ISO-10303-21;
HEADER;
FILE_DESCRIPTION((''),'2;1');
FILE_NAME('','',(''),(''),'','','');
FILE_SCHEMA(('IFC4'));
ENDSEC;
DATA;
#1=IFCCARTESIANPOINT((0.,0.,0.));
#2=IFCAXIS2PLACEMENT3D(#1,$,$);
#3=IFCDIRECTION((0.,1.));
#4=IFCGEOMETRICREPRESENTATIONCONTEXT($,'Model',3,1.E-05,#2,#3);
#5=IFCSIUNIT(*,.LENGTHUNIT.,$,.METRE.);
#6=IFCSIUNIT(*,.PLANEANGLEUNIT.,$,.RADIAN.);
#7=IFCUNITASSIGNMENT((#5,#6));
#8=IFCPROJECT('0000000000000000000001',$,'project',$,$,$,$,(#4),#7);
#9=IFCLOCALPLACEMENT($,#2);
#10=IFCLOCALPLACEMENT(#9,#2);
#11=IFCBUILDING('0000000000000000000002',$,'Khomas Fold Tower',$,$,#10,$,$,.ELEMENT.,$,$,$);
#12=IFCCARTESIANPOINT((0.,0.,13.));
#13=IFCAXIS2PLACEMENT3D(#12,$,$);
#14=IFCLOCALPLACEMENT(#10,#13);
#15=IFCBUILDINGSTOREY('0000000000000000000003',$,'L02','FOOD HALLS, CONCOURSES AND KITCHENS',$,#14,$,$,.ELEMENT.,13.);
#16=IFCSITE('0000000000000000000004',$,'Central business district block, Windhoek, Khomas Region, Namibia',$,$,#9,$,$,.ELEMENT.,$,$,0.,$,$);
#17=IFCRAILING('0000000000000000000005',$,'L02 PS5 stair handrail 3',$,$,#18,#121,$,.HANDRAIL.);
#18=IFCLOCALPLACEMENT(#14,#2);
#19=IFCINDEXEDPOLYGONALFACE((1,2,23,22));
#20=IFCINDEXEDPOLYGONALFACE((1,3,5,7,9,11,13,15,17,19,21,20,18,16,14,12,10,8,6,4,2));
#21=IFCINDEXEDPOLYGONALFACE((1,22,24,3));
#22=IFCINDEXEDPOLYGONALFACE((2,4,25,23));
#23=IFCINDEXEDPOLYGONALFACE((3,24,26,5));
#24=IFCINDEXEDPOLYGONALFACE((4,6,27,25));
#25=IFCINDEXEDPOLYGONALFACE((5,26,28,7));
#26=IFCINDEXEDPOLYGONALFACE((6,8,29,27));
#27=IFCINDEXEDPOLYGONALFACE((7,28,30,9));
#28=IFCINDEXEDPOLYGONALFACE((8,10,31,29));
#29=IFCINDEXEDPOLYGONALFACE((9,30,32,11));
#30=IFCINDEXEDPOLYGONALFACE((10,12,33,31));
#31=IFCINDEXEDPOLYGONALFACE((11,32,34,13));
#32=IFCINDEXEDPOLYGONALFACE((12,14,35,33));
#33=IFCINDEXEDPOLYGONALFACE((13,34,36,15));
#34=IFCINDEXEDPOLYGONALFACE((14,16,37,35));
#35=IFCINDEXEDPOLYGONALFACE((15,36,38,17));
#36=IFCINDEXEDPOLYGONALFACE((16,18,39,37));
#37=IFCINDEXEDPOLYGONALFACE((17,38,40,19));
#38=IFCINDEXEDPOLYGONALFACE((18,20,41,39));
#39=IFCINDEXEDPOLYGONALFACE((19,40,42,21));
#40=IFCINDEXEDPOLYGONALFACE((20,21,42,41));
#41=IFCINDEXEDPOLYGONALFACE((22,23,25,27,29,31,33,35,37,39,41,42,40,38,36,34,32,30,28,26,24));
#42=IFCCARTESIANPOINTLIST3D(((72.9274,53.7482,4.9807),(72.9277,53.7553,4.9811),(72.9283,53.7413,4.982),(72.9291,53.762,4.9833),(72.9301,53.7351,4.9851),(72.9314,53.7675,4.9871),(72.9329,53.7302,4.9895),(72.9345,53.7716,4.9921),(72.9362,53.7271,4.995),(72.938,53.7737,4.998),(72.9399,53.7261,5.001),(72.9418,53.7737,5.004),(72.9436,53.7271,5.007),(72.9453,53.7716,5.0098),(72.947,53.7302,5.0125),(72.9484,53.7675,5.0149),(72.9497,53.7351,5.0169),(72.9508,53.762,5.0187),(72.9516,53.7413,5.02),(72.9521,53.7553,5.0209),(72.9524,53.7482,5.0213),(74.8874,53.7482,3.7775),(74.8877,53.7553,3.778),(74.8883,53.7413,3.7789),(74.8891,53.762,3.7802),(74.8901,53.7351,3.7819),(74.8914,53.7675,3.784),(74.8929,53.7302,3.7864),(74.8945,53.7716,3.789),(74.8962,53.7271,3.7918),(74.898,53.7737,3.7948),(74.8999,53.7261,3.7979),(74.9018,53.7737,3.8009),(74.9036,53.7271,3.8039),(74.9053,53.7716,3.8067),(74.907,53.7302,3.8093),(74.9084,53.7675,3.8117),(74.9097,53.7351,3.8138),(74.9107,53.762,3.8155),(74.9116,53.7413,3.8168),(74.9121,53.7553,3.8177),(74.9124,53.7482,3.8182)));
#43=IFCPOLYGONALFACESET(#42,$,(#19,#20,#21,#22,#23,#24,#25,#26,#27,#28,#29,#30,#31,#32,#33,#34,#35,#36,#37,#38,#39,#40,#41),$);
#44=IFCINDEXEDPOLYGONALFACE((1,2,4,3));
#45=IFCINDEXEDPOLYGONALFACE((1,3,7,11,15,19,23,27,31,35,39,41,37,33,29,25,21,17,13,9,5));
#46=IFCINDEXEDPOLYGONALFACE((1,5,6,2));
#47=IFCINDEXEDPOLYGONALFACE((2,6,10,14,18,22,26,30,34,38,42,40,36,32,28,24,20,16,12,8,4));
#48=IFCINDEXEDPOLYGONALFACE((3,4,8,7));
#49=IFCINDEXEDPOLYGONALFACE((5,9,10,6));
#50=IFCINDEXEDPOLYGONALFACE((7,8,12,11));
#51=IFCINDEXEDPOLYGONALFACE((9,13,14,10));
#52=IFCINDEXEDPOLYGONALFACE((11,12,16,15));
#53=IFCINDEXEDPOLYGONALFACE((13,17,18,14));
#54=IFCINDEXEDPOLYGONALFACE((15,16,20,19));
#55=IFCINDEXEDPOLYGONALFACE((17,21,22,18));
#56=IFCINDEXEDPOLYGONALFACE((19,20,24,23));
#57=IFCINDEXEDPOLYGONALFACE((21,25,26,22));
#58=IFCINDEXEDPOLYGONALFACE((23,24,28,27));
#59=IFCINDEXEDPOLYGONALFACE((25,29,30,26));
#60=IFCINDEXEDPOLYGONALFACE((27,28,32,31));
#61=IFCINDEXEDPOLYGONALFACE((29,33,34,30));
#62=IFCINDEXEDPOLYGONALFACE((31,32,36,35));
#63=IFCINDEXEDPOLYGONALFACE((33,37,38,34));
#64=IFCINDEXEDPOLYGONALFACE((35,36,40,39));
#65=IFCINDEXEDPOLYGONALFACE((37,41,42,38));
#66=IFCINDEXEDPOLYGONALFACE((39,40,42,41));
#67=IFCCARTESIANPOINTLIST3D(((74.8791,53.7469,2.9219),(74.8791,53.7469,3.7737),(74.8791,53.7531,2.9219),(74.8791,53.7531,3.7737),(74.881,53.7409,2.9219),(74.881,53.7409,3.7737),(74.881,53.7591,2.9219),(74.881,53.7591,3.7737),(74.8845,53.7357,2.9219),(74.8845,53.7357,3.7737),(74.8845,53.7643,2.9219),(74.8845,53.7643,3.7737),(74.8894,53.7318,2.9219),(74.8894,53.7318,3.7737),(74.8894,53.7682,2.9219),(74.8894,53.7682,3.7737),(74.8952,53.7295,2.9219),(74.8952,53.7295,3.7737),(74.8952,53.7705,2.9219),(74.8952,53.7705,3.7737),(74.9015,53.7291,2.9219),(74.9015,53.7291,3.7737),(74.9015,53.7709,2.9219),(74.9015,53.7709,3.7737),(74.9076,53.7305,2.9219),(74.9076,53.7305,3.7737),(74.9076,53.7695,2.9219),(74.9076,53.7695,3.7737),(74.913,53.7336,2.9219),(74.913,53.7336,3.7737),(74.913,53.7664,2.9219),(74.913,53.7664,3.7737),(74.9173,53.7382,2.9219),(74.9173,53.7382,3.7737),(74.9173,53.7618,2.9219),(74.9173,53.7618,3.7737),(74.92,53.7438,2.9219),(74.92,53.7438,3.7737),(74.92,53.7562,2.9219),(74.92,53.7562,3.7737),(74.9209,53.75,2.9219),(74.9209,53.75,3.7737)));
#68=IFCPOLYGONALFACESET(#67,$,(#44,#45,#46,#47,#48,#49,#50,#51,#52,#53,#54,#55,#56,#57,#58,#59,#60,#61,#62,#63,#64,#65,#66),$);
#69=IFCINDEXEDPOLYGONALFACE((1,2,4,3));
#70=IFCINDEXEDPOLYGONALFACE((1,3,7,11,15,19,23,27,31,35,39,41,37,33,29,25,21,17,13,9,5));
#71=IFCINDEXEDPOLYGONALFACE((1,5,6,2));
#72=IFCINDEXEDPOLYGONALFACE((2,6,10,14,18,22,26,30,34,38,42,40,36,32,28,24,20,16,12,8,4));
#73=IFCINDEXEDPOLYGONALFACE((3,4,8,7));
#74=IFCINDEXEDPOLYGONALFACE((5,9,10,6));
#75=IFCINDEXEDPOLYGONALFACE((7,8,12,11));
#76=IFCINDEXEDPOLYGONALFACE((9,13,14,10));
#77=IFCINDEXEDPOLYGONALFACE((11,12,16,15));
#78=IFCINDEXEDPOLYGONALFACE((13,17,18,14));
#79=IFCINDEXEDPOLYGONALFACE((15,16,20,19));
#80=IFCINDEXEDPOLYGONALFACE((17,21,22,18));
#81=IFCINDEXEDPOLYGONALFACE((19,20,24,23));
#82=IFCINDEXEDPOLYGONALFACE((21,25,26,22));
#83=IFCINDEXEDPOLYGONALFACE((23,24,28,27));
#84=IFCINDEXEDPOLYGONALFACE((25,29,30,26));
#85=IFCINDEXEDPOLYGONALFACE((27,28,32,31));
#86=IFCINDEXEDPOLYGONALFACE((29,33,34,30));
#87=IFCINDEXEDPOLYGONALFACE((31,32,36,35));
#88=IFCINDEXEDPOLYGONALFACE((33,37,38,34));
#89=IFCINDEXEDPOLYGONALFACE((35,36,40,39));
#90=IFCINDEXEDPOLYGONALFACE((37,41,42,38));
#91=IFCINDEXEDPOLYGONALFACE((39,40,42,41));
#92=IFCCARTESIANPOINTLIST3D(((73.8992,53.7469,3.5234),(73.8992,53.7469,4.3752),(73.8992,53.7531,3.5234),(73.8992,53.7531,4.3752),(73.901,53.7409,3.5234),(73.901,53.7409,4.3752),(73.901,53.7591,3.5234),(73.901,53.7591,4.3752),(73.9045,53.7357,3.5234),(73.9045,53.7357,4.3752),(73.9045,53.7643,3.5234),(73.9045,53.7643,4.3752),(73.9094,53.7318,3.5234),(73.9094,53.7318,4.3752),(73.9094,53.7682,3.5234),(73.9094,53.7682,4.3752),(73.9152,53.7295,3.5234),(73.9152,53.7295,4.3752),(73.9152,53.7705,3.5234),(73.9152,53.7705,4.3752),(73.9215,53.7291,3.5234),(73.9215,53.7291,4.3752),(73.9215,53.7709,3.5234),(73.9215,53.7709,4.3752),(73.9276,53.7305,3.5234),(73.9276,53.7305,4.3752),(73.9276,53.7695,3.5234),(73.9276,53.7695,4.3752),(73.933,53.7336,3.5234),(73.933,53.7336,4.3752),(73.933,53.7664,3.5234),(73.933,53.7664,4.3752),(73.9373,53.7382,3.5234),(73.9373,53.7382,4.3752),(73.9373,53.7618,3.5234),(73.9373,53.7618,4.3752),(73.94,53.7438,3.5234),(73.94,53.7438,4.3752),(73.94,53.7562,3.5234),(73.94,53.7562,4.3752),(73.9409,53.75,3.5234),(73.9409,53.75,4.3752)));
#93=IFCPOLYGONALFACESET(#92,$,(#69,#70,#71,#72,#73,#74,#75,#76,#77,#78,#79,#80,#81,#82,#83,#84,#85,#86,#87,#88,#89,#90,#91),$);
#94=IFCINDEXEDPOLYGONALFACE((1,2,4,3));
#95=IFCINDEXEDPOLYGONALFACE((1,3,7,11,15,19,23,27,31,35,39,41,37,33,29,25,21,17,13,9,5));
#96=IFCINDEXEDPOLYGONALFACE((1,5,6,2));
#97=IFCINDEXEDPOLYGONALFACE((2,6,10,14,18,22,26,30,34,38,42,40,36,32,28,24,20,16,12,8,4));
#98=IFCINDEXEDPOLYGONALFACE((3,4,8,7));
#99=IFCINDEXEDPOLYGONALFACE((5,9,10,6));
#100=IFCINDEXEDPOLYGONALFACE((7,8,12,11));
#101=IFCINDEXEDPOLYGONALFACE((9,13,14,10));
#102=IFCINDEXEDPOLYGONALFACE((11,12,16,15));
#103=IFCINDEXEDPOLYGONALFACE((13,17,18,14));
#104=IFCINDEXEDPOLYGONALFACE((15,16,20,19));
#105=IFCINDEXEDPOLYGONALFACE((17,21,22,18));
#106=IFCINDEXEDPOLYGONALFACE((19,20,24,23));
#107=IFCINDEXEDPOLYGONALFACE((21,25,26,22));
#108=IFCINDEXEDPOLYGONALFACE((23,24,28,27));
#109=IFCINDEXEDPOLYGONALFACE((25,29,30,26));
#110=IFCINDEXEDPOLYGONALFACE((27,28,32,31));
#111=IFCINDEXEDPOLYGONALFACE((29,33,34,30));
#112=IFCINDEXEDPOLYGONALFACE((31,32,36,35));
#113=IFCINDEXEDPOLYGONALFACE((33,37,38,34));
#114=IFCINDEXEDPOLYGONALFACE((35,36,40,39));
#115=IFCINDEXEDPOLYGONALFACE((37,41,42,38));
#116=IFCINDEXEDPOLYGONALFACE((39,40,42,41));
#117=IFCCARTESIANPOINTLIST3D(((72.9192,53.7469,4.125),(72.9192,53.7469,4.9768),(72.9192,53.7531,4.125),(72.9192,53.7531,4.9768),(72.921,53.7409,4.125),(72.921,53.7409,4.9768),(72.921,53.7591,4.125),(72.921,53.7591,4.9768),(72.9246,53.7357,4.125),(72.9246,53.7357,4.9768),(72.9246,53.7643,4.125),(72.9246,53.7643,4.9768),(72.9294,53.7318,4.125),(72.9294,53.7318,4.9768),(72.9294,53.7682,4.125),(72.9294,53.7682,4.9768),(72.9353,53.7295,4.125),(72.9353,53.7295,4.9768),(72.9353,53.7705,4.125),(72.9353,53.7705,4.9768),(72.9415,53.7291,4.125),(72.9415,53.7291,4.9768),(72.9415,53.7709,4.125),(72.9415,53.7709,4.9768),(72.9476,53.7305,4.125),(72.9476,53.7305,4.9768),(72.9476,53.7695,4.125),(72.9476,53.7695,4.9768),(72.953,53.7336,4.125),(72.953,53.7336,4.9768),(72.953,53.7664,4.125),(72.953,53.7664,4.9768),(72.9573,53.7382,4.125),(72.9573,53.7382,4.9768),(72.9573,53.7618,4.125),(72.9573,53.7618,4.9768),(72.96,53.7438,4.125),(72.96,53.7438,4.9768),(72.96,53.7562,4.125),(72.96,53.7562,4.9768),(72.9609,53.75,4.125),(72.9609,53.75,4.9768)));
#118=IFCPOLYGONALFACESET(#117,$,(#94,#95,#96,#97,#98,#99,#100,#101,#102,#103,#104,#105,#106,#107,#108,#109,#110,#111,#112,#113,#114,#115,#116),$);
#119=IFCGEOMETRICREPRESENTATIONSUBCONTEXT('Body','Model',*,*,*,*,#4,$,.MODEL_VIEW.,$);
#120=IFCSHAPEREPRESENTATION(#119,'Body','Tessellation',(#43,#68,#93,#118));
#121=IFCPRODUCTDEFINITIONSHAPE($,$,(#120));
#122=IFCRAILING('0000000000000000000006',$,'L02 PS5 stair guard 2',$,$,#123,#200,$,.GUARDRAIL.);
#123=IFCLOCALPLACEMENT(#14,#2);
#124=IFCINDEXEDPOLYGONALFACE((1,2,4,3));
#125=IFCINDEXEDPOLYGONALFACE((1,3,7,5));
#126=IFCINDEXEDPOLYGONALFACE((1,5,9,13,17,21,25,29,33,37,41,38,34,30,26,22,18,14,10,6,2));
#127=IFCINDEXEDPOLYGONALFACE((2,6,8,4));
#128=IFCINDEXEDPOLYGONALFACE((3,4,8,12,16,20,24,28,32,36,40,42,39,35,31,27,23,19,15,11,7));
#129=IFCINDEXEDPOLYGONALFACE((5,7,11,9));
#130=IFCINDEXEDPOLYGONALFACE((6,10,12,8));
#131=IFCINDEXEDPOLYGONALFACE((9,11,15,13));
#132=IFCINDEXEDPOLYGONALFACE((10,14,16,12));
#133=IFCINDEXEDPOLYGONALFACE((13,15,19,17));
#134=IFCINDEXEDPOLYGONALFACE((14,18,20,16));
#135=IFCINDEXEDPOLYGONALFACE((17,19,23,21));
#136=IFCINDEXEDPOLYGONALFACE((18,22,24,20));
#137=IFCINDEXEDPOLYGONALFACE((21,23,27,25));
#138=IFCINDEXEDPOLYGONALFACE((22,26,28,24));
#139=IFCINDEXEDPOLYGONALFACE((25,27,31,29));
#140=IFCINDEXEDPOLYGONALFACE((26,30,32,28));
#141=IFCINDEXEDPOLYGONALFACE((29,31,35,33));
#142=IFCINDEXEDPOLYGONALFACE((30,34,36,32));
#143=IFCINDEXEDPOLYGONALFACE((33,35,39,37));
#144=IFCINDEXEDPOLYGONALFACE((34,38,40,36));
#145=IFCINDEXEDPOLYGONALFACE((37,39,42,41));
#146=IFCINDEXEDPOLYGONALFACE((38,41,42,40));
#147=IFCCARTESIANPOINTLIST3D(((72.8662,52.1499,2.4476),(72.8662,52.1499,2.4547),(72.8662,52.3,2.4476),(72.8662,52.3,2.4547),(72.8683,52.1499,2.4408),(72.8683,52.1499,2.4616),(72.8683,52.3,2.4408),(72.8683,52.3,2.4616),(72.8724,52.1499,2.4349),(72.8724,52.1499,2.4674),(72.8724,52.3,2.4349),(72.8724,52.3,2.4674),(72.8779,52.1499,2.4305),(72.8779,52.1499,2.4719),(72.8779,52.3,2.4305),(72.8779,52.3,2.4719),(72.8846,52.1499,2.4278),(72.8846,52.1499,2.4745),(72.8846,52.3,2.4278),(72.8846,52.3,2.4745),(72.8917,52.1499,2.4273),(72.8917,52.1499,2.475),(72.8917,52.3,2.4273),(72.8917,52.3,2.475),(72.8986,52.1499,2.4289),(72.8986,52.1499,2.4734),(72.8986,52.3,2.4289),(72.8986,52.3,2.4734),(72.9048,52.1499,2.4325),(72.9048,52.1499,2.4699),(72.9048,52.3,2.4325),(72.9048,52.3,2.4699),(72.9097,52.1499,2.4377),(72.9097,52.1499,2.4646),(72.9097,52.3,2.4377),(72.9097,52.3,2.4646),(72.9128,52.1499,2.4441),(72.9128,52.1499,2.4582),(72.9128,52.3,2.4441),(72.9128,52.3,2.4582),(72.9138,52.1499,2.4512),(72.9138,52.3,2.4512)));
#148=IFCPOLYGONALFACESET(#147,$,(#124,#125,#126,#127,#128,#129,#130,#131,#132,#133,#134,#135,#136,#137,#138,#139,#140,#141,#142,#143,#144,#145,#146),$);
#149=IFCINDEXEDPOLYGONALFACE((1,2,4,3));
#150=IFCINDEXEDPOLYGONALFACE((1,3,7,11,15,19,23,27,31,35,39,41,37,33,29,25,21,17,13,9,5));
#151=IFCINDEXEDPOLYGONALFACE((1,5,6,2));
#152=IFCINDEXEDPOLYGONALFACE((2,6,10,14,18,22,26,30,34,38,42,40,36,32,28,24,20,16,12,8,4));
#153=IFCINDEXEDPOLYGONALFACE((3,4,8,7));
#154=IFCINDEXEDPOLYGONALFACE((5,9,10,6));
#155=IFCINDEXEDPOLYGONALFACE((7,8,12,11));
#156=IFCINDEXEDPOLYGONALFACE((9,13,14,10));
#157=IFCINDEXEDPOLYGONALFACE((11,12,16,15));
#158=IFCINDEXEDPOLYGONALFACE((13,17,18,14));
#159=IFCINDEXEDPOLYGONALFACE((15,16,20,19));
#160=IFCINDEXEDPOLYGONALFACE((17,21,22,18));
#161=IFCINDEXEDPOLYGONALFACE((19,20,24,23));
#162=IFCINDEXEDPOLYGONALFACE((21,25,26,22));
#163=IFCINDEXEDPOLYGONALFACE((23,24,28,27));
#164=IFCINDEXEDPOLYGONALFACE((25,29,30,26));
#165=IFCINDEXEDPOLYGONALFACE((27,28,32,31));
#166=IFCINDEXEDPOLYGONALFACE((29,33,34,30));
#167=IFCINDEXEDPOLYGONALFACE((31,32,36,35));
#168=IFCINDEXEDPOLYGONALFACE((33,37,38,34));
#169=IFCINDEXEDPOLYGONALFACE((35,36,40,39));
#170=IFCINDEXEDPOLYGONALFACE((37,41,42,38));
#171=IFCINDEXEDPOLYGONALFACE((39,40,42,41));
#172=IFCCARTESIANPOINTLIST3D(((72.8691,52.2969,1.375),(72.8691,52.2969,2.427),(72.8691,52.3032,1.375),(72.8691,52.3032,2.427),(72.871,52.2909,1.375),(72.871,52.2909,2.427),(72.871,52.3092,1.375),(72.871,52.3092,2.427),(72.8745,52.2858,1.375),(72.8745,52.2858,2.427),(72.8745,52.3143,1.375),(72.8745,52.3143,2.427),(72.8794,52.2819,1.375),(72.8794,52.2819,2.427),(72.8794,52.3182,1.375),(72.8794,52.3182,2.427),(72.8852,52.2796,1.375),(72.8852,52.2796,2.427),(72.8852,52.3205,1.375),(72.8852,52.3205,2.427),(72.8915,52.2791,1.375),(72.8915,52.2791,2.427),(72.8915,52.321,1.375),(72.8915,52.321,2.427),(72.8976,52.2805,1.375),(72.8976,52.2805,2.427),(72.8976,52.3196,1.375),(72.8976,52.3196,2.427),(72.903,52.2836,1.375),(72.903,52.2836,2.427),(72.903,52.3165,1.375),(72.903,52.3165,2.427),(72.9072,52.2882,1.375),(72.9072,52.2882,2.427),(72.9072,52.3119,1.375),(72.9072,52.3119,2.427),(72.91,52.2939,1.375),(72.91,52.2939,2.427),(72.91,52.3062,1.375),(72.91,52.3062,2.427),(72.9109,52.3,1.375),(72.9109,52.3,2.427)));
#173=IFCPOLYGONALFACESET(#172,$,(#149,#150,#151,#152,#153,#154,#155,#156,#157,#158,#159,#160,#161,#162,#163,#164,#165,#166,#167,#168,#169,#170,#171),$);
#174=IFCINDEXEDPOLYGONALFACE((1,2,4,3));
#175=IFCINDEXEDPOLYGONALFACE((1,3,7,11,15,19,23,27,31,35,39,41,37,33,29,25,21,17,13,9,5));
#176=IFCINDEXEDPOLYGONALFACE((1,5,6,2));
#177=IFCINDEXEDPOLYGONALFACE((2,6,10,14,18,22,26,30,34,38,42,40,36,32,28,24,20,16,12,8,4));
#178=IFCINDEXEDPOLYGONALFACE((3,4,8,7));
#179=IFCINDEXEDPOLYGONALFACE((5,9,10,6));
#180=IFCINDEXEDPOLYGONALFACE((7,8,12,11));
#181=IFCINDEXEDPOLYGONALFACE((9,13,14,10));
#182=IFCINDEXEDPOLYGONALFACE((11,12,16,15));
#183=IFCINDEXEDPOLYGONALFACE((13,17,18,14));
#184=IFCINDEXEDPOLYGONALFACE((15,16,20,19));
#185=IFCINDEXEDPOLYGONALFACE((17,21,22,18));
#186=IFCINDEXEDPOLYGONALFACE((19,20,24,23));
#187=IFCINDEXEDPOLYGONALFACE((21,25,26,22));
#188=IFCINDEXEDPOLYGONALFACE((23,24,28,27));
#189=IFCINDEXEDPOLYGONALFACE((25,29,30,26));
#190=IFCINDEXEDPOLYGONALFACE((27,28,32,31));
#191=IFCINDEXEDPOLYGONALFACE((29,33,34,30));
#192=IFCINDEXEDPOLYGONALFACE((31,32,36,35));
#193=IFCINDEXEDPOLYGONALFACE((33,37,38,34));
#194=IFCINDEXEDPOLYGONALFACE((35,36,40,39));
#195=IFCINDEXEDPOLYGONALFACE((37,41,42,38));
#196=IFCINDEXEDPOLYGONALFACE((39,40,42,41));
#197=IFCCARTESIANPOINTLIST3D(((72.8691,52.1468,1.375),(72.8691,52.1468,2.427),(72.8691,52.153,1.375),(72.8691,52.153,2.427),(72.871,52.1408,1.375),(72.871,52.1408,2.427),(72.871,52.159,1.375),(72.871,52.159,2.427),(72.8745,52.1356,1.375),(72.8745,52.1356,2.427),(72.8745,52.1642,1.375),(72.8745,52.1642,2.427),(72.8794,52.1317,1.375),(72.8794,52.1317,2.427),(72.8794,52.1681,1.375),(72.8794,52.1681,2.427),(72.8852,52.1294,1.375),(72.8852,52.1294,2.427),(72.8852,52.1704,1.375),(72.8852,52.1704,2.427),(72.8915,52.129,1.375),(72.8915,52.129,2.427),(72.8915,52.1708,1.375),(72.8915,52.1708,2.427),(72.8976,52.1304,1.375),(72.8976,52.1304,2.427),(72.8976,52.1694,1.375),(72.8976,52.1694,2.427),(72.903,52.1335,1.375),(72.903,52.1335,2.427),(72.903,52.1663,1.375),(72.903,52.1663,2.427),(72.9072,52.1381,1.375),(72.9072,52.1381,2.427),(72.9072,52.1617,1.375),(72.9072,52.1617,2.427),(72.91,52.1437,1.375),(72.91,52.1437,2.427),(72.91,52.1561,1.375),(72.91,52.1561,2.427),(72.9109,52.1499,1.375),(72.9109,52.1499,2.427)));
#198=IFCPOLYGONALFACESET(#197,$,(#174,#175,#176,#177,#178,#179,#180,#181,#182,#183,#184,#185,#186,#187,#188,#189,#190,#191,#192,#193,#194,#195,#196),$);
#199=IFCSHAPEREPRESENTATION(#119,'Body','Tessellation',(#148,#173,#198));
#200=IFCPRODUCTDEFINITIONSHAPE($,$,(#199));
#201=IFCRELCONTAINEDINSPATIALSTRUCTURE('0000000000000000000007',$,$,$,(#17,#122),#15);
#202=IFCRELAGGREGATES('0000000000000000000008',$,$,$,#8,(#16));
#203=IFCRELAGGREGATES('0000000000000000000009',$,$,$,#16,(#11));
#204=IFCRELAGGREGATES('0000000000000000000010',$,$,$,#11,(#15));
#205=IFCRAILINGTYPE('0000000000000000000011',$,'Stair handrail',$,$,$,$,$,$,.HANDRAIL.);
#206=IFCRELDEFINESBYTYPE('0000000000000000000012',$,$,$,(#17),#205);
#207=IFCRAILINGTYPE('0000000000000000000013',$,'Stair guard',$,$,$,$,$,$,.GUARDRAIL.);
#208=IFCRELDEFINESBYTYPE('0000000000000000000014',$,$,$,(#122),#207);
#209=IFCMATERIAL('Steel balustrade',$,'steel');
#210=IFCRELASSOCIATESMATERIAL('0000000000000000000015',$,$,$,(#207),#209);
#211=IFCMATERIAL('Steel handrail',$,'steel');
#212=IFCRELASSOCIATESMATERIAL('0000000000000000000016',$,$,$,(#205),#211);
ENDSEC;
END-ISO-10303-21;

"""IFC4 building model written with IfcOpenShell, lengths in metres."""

from ifc_helpers import new_model, si_unit, direction, frame, origin, origin_2d, place, context, subcontext, project, spatial, circle, extrude, source, transform, mapped, material, type_object, element, save


model = new_model("IFC4")

# Units and contexts
model_context = context("Model", 3, precision=1e-05, world=origin(), true_north=direction((0.0, 1.0)))
body_context = subcontext(model_context, "Body", "Model", "MODEL_VIEW")
ifc_project = project(units=[si_unit("LENGTHUNIT", "METRE"), si_unit("PLANEANGLEUNIT", "RADIAN")], contexts=[model_context])

# Site, building, storey
site_placement = place(None, origin())
site = spatial("IfcSite", under=ifc_project, at=site_placement, Name="Central business district block, Windhoek, Khomas Region, Namibia", CompositionType="ELEMENT", RefElevation=0.0)
building_placement = place(site_placement, origin())
building = spatial("IfcBuilding", under=site, at=building_placement, Name="Khomas Fold Tower", CompositionType="ELEMENT")
storey_placement = place(building_placement, frame((0.0, 0.0, 13.0)))
storey = spatial("IfcBuildingStorey", under=building, at=storey_placement, Name="L02", Description="FOOD HALLS, CONCOURSES AND KITCHENS", CompositionType="ELEMENT", Elevation=13.0)

# Railings
ifc_material_1 = material(Name="Steel balustrade", Category="steel")
railing_type_1 = type_object("IfcRailingType", Name="Stair guard", PredefinedType="GUARDRAIL", material=ifc_material_1)
ifc_material_2 = material(Name="Steel handrail", Category="steel")
railing_type_2 = type_object("IfcRailingType", Name="Stair handrail", PredefinedType="HANDRAIL", material=ifc_material_2)
shared_shape_1 = source(origin(), body_context, "Body", "SweptSolid", [
    extrude(circle(Radius=0.0239, at=origin_2d()), frame((0.0, 0.0, 0.876), z_axis=(-0.852241, 0.0, 0.523149), x_axis=(0.0, -1.0, 0.0)), (0.0, 0.0, 1.0), 2.2998),
    extrude(circle(Radius=0.021, at=origin_2d()), origin(), (0.0, 0.0, 1.0), 0.8518),
    extrude(circle(Radius=0.021, at=origin_2d()), frame((-0.98, 0.0, 0.6016)), (0.0, 0.0, 1.0), 0.8518),
    extrude(circle(Radius=0.021, at=origin_2d()), frame((-1.96, 0.0, 1.2031)), (0.0, 0.0, 1.0), 0.8518),
])
for number, where, name in (
    (1, (74.8999, 53.75, 2.9219), "L02 PS5 stair handrail 3"),
):
    element("IfcRailing", number, at=place(storey_placement, frame(where)), inside=storey, type_object=railing_type_2, Name=name, PredefinedType="HANDRAIL", context=body_context, shape_type="MappedRepresentation", body=[
        mapped(shared_shape_1, transform((0.0, 0.0, 0.0))),
    ])
shared_shape_2 = source(origin(), body_context, "Body", "SweptSolid", [
    extrude(circle(Radius=0.0239, at=origin_2d()), frame((0.0, 0.0, 1.0762), z_axis=(0.0, -1.0, 0.0), x_axis=(1.0, 0.0, 0.0)), (0.0, 0.0, 1.0), 0.1501),
    extrude(circle(Radius=0.021, at=origin_2d()), origin(), (0.0, 0.0, 1.0), 1.052),
    extrude(circle(Radius=0.021, at=origin_2d()), frame((0.0, -0.1501, 0.0)), (0.0, 0.0, 1.0), 1.052),
])
for number, where, name in (
    (2, (72.8899, 52.3, 1.375), "L02 PS5 stair guard 2"),
):
    element("IfcRailing", number, at=place(storey_placement, frame(where)), inside=storey, type_object=railing_type_1, Name=name, PredefinedType="GUARDRAIL", context=body_context, shape_type="MappedRepresentation", body=[
        mapped(shared_shape_2, transform((0.0, 0.0, 0.0))),
    ])

save(model, "model.ifc")
